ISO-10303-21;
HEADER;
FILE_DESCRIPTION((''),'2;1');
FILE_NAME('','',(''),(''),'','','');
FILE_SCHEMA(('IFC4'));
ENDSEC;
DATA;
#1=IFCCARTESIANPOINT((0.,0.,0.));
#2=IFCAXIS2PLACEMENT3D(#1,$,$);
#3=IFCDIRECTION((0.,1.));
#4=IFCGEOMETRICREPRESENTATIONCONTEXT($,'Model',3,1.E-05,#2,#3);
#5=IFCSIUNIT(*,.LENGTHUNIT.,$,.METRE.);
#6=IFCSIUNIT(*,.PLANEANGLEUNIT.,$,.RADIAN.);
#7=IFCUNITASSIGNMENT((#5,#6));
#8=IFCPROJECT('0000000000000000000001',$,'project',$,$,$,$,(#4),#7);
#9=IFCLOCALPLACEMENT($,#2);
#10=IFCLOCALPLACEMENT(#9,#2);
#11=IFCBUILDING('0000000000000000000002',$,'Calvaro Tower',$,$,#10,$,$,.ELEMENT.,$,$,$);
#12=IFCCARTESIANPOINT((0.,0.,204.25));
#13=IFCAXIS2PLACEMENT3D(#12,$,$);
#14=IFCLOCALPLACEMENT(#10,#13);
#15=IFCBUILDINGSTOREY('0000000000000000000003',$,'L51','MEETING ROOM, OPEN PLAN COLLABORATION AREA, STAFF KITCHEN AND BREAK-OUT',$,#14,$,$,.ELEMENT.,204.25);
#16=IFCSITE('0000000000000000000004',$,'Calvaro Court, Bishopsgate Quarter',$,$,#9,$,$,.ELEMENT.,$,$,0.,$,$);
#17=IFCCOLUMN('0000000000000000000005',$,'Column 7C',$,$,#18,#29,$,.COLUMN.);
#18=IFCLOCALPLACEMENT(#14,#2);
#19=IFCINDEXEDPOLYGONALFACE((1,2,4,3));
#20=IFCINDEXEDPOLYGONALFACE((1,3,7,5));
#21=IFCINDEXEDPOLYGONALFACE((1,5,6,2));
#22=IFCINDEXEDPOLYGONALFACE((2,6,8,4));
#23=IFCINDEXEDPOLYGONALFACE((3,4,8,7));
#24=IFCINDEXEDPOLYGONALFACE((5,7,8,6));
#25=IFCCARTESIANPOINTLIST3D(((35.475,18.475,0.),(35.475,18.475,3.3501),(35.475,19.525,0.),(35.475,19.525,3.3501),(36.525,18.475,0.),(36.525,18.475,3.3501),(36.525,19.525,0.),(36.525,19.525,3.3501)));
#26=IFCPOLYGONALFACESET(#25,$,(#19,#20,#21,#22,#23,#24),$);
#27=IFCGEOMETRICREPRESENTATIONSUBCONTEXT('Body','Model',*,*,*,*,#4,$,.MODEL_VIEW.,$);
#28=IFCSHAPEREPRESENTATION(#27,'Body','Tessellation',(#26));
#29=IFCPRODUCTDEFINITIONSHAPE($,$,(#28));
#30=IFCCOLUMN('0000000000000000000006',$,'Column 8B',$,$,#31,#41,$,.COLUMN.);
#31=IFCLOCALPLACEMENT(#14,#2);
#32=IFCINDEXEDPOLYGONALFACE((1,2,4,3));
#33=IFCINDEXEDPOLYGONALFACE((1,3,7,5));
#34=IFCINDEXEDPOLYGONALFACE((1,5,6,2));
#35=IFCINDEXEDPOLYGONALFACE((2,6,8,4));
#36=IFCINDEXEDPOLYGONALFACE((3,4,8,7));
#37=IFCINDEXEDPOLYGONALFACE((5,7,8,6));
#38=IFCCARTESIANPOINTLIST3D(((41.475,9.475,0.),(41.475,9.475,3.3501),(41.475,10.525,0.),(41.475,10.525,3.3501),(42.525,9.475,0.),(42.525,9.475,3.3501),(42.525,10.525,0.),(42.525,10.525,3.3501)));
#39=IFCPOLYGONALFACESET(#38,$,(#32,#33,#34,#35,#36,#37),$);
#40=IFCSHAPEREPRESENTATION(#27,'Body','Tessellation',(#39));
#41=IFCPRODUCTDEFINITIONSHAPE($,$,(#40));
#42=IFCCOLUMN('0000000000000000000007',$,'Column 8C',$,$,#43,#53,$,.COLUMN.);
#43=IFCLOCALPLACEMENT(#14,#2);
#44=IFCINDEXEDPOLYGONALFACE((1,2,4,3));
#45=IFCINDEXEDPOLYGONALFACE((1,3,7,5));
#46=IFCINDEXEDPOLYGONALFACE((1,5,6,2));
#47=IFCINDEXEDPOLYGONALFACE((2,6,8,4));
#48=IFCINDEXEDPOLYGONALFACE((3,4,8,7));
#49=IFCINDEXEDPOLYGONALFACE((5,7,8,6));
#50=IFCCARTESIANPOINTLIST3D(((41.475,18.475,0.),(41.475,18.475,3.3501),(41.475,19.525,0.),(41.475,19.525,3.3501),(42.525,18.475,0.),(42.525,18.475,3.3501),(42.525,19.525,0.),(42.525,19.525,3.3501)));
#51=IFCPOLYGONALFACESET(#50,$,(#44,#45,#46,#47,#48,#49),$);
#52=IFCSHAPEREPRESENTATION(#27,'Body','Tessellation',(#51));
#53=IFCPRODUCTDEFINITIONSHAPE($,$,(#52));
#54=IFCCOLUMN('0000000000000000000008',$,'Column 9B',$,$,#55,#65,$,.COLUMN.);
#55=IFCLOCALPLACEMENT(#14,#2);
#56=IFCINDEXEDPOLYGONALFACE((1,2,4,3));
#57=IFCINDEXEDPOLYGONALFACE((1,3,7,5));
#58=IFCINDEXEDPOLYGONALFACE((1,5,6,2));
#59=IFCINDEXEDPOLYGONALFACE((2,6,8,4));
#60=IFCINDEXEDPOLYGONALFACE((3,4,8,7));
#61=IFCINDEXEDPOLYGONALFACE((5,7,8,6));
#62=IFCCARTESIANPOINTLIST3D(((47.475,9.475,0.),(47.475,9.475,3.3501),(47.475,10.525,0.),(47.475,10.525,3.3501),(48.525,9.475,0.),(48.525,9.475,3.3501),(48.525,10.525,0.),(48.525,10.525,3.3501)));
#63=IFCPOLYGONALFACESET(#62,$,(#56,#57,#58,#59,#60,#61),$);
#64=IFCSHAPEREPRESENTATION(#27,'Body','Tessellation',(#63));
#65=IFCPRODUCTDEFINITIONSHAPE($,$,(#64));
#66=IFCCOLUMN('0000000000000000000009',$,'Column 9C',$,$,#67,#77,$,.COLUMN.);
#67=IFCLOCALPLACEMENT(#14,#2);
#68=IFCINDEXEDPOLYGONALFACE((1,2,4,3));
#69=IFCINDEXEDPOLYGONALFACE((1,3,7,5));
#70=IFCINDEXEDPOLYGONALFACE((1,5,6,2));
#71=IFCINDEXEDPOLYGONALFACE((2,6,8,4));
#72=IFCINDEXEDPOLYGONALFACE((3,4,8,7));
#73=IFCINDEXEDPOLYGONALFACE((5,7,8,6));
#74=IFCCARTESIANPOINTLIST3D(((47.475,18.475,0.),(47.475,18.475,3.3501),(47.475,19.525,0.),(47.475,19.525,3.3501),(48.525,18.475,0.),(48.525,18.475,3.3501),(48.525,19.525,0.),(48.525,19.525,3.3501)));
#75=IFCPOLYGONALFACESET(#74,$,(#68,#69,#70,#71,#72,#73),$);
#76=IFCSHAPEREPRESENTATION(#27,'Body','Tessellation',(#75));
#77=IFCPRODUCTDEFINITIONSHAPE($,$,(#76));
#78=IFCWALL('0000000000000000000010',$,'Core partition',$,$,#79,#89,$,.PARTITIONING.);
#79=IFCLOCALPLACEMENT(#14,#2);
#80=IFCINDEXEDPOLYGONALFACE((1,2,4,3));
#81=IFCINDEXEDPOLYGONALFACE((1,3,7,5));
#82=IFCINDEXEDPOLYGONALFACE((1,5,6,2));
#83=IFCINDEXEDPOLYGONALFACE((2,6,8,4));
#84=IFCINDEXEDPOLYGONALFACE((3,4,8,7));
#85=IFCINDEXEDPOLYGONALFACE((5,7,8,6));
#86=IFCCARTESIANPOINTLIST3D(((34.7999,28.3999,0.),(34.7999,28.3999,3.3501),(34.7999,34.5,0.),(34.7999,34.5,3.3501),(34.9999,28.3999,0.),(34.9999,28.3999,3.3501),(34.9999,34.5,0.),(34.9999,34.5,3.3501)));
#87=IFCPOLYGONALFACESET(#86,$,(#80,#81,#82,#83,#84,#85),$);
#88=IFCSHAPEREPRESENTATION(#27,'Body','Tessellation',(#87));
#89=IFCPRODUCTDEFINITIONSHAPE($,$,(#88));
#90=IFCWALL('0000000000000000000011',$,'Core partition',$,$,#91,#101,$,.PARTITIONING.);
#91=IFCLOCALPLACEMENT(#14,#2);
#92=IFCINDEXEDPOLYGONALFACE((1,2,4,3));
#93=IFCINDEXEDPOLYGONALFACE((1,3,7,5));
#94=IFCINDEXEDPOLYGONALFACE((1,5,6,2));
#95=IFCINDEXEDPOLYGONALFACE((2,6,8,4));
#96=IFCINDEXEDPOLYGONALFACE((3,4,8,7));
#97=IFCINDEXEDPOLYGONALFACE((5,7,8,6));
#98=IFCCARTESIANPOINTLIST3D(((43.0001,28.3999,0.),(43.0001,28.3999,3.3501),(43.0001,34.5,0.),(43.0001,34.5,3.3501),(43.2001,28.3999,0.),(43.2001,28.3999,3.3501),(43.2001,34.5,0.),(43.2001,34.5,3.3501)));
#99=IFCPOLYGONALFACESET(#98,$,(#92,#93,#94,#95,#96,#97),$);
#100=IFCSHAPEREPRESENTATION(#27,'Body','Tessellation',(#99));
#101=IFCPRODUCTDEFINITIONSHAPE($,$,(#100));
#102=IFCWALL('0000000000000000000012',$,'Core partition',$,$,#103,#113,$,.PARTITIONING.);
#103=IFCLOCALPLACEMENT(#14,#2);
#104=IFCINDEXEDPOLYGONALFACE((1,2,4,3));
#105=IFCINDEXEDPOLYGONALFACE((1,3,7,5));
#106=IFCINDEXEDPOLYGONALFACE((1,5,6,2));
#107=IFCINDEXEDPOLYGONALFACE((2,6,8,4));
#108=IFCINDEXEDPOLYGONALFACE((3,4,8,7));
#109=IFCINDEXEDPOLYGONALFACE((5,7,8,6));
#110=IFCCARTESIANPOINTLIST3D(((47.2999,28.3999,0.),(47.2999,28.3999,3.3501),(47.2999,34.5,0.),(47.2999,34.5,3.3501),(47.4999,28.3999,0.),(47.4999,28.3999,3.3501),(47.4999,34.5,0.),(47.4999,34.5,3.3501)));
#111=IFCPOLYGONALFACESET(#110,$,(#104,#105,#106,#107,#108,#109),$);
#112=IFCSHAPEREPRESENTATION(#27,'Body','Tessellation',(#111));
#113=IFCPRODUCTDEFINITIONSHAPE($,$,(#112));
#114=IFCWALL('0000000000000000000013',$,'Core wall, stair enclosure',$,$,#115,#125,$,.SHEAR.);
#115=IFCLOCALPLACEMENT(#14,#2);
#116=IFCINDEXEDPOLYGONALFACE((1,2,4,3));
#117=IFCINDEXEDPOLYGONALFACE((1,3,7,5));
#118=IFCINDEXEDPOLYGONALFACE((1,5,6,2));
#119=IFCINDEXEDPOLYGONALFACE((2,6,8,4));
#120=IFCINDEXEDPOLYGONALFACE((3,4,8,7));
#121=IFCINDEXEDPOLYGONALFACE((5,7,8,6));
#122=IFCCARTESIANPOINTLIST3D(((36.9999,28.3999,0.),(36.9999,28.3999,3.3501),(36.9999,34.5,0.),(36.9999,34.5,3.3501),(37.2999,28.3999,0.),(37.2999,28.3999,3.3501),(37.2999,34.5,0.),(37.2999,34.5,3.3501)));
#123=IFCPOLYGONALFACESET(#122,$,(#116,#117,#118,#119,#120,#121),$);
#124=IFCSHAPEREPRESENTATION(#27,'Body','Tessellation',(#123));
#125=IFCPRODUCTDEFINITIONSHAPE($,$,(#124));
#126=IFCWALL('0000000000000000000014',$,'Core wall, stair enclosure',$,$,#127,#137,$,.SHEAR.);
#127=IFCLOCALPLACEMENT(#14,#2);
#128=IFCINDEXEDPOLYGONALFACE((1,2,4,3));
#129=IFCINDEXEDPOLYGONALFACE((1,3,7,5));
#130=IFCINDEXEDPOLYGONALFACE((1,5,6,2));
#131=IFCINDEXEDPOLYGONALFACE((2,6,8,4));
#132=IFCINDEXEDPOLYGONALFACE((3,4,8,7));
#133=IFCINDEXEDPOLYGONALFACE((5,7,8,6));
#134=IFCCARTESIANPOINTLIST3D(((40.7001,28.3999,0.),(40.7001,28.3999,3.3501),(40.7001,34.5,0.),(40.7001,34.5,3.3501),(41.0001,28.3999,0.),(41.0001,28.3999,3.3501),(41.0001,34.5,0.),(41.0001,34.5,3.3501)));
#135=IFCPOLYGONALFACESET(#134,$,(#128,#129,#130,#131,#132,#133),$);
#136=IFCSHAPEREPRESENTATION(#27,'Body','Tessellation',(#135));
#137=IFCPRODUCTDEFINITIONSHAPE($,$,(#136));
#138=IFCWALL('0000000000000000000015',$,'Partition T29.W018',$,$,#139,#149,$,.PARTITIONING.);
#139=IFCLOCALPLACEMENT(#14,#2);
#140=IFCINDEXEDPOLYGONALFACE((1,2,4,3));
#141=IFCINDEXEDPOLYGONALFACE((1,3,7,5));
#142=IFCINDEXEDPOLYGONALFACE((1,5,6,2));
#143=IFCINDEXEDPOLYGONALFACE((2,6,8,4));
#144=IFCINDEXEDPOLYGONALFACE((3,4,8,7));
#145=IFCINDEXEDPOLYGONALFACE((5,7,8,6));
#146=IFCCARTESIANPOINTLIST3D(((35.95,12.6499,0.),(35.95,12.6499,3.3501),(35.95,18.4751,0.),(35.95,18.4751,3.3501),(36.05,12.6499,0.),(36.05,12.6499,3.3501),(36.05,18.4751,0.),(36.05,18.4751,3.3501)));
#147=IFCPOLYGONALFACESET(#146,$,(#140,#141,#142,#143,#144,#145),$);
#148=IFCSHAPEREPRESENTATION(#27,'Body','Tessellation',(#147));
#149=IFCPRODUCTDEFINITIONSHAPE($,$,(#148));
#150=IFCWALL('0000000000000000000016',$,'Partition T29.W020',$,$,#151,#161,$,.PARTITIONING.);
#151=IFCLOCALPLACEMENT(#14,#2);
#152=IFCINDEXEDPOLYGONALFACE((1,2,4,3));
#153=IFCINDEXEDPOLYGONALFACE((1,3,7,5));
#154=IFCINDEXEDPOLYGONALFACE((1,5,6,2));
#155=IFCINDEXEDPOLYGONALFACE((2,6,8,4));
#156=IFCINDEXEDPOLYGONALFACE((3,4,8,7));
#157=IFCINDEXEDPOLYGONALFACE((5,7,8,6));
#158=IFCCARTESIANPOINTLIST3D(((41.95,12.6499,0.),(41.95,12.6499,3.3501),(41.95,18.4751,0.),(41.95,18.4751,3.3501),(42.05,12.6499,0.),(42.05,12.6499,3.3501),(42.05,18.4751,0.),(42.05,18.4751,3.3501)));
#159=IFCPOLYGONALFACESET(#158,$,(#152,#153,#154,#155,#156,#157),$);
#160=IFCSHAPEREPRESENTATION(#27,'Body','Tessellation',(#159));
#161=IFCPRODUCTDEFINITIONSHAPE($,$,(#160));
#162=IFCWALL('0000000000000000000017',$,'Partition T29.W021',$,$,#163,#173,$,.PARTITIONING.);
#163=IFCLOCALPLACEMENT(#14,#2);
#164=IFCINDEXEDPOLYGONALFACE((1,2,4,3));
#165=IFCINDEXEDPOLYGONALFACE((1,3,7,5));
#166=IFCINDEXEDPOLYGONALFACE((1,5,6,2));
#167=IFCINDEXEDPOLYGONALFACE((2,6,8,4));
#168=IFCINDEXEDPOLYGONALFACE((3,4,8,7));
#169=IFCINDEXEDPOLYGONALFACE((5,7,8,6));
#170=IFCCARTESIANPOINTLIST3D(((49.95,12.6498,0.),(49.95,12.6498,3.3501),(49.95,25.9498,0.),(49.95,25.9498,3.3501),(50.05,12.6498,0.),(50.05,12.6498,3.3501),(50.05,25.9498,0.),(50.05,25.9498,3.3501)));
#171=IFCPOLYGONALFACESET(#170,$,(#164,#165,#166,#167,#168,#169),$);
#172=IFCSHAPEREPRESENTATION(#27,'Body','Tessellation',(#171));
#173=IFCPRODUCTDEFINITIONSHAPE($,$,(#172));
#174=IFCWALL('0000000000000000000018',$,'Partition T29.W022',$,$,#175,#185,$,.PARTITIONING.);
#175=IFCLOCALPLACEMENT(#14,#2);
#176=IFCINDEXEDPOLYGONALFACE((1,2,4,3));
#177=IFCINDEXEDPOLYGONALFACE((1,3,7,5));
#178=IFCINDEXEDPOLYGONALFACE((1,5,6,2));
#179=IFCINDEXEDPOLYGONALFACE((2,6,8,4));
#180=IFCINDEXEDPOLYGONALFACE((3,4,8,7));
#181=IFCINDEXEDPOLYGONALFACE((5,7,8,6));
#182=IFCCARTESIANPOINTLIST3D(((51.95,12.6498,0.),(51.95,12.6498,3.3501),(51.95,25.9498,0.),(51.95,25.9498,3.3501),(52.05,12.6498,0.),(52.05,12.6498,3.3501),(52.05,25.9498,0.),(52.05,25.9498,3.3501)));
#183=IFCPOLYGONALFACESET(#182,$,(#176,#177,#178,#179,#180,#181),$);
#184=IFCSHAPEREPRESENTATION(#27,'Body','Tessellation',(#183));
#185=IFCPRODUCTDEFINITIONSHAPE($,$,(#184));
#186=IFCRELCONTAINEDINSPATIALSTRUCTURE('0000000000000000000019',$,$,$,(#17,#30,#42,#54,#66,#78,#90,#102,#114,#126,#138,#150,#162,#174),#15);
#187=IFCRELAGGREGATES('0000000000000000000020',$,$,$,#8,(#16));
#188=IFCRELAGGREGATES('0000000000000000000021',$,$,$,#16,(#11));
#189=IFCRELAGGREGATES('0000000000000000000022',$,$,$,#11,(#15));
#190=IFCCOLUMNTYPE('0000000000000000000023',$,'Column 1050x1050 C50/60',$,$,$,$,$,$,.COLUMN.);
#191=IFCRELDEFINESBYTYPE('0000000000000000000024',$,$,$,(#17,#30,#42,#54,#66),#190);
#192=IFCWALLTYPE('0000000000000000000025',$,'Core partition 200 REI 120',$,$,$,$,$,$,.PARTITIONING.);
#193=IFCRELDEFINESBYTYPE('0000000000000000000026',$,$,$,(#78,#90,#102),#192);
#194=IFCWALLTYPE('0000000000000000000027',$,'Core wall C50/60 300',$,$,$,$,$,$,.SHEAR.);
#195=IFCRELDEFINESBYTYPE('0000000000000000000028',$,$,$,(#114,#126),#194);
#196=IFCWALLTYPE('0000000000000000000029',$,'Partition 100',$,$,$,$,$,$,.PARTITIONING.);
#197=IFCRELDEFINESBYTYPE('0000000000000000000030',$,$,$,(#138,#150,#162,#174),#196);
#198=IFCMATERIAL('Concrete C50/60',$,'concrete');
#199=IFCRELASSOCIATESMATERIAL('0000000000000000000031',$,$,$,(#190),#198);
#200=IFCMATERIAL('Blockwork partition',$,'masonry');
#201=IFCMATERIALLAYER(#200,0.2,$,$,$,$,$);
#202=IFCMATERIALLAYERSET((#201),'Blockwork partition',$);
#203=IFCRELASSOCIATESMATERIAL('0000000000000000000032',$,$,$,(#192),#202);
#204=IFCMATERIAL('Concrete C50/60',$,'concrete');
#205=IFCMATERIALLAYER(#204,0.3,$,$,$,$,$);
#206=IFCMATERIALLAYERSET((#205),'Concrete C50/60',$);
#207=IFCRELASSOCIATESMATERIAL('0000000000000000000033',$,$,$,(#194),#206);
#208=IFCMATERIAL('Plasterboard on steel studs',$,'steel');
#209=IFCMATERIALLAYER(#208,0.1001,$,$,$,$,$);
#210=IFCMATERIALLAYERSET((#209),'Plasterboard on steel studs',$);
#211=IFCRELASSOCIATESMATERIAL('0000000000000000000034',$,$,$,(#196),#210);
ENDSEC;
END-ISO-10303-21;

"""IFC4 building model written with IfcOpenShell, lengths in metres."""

from ifc_helpers import new_model, si_unit, direction, frame, frame_2d, origin, origin_2d, place, context, subcontext, project, spatial, rectangle, extrude, material, layer, layer_set, material_profile, profile_set, type_object, element, save


model = new_model("IFC4")

# Units and contexts
model_context = context("Model", 3, precision=1e-05, world=origin(), true_north=direction((0.0, 1.0)))
body_context = subcontext(model_context, "Body", "Model", "MODEL_VIEW")
ifc_project = project(units=[si_unit("LENGTHUNIT", "METRE"), si_unit("PLANEANGLEUNIT", "RADIAN")], contexts=[model_context])

# Site, building, storey
site_placement = place(None, origin())
site = spatial("IfcSite", under=ifc_project, at=site_placement, Name="Calvaro Court, Bishopsgate Quarter", CompositionType="ELEMENT", RefElevation=0.0)
building_placement = place(site_placement, origin())
building = spatial("IfcBuilding", under=site, at=building_placement, Name="Calvaro Tower", CompositionType="ELEMENT")
storey_placement = place(building_placement, frame((0.0, 0.0, 204.25)))
storey = spatial("IfcBuildingStorey", under=building, at=storey_placement, Name="L51", Description="MEETING ROOM, OPEN PLAN COLLABORATION AREA, STAFF KITCHEN AND BREAK-OUT", CompositionType="ELEMENT", Elevation=204.25)

# Columns
ifc_material_1 = material(Name="Concrete C50/60", Category="concrete")
ifc_material_profile = material_profile(ifc_material_1, rectangle(XDim=1.05, YDim=1.05, at=origin_2d()), Name="RC 1050x1050")
ifc_profile_set = profile_set([ifc_material_profile], Name="Concrete C50/60")
column_type = type_object("IfcColumnType", Name="Column 1050x1050 C50/60", PredefinedType="COLUMN", material=ifc_profile_set)
for number, where, z_axis, x_axis, name in (
    (1, (36.0, 19.0, 0.0), (0.0, 0.0, 1.0), (1.0, 0.0, 0.0), "Column 7C"),
    (2, (42.0, 10.0, 0.0), (0.0, 0.0, 1.0), (1.0, 0.0, 0.0), "Column 8B"),
    (3, (42.0, 19.0, 0.0), (0.0, 0.0, 1.0), (1.0, 0.0, 0.0), "Column 8C"),
    (4, (48.0, 10.0, 0.0), (0.0, 0.0, 1.0), (1.0, 0.0, 0.0), "Column 9B"),
    (5, (48.0, 19.0, 0.0), (0.0, 0.0, 1.0), (1.0, 0.0, 0.0), "Column 9C"),
):
    element("IfcColumn", number, at=place(storey_placement, frame(where, z_axis=z_axis, x_axis=x_axis)), inside=storey, type_object=column_type, Name=name, PredefinedType="COLUMN", context=body_context, shape_type="SweptSolid", body=[
        extrude(rectangle(XDim=1.05, YDim=1.05, at=origin_2d()), origin(), (0.0, 0.0, 1.0), 3.3501),
    ])

# Walls
ifc_material_2 = material(Name="Blockwork partition", Category="masonry")
ifc_layer_1 = layer(ifc_material_2, 0.2)
ifc_layer_set_1 = layer_set([ifc_layer_1], Name="Blockwork partition")
wall_type_1 = type_object("IfcWallType", Name="Core partition 200 REI 120", PredefinedType="PARTITIONING", material=ifc_layer_set_1)
for number, where, z_axis, x_axis, name in (
    (6, (34.8999, 28.3999, 0.0), (0.0, 0.0, 1.0), (0.0, 1.0, 0.0), "Core partition"),
    (7, (43.1001, 28.3999, 0.0), (0.0, 0.0, 1.0), (0.0, 1.0, 0.0), "Core partition"),
    (8, (47.3999, 28.3999, 0.0), (0.0, 0.0, 1.0), (0.0, 1.0, 0.0), "Core partition"),
):
    element("IfcWall", number, at=place(storey_placement, frame(where, z_axis=z_axis, x_axis=x_axis)), inside=storey, type_object=wall_type_1, Name=name, PredefinedType="PARTITIONING", context=body_context, shape_type="SweptSolid", body=[
        extrude(rectangle(XDim=6.1001, YDim=0.2, at=frame_2d((3.05, 0.0))), origin(), (0.0, 0.0, 1.0), 3.3501),
    ])
ifc_material_3 = material(Name="Concrete C50/60", Category="concrete")
ifc_layer_2 = layer(ifc_material_3, 0.3)
ifc_layer_set_2 = layer_set([ifc_layer_2], Name="Concrete C50/60")
wall_type_2 = type_object("IfcWallType", Name="Core wall C50/60 300", PredefinedType="SHEAR", material=ifc_layer_set_2)
for number, where, z_axis, x_axis, name in (
    (9, (37.1499, 28.3999, 0.0), (0.0, 0.0, 1.0), (0.0, 1.0, 0.0), "Core wall, stair enclosure"),
    (10, (40.8501, 28.3999, 0.0), (0.0, 0.0, 1.0), (0.0, 1.0, 0.0), "Core wall, stair enclosure"),
):
    element("IfcWall", number, at=place(storey_placement, frame(where, z_axis=z_axis, x_axis=x_axis)), inside=storey, type_object=wall_type_2, Name=name, PredefinedType="SHEAR", context=body_context, shape_type="SweptSolid", body=[
        extrude(rectangle(XDim=6.1001, YDim=0.3, at=frame_2d((3.05, 0.0))), origin(), (0.0, 0.0, 1.0), 3.3501),
    ])
ifc_material_4 = material(Name="Plasterboard on steel studs", Category="steel")
ifc_layer_3 = layer(ifc_material_4, 0.1001)
ifc_layer_set_3 = layer_set([ifc_layer_3], Name="Plasterboard on steel studs")
wall_type_3 = type_object("IfcWallType", Name="Partition 100", PredefinedType="PARTITIONING", material=ifc_layer_set_3)
for number, where, z_axis, x_axis, name in (
    (11, (36.0, 12.6499, 0.0), (0.0, 0.0, 1.0), (0.0, 1.0, 0.0), "Partition T29.W018"),
    (12, (42.0, 12.6499, 0.0), (0.0, 0.0, 1.0), (0.0, 1.0, 0.0), "Partition T29.W020"),
):
    element("IfcWall", number, at=place(storey_placement, frame(where, z_axis=z_axis, x_axis=x_axis)), inside=storey, type_object=wall_type_3, Name=name, PredefinedType="PARTITIONING", context=body_context, shape_type="SweptSolid", body=[
        extrude(rectangle(XDim=5.8252, YDim=0.1001, at=frame_2d((2.9126, 0.0))), origin(), (0.0, 0.0, 1.0), 3.3501),
    ])
for number, where, z_axis, x_axis, name in (
    (13, (50.0, 12.6499, 0.0), (0.0, 0.0, 1.0), (0.0, 1.0, 0.0), "Partition T29.W021"),
    (14, (52.0, 12.6499, 0.0), (0.0, 0.0, 1.0), (0.0, 1.0, 0.0), "Partition T29.W022"),
):
    element("IfcWall", number, at=place(storey_placement, frame(where, z_axis=z_axis, x_axis=x_axis)), inside=storey, type_object=wall_type_3, Name=name, PredefinedType="PARTITIONING", context=body_context, shape_type="SweptSolid", body=[
        extrude(rectangle(XDim=13.3, YDim=0.1001, at=frame_2d((6.6499, 0.0))), origin(), (0.0, 0.0, 1.0), 3.3501),
    ])

save(model, "model.ifc")
